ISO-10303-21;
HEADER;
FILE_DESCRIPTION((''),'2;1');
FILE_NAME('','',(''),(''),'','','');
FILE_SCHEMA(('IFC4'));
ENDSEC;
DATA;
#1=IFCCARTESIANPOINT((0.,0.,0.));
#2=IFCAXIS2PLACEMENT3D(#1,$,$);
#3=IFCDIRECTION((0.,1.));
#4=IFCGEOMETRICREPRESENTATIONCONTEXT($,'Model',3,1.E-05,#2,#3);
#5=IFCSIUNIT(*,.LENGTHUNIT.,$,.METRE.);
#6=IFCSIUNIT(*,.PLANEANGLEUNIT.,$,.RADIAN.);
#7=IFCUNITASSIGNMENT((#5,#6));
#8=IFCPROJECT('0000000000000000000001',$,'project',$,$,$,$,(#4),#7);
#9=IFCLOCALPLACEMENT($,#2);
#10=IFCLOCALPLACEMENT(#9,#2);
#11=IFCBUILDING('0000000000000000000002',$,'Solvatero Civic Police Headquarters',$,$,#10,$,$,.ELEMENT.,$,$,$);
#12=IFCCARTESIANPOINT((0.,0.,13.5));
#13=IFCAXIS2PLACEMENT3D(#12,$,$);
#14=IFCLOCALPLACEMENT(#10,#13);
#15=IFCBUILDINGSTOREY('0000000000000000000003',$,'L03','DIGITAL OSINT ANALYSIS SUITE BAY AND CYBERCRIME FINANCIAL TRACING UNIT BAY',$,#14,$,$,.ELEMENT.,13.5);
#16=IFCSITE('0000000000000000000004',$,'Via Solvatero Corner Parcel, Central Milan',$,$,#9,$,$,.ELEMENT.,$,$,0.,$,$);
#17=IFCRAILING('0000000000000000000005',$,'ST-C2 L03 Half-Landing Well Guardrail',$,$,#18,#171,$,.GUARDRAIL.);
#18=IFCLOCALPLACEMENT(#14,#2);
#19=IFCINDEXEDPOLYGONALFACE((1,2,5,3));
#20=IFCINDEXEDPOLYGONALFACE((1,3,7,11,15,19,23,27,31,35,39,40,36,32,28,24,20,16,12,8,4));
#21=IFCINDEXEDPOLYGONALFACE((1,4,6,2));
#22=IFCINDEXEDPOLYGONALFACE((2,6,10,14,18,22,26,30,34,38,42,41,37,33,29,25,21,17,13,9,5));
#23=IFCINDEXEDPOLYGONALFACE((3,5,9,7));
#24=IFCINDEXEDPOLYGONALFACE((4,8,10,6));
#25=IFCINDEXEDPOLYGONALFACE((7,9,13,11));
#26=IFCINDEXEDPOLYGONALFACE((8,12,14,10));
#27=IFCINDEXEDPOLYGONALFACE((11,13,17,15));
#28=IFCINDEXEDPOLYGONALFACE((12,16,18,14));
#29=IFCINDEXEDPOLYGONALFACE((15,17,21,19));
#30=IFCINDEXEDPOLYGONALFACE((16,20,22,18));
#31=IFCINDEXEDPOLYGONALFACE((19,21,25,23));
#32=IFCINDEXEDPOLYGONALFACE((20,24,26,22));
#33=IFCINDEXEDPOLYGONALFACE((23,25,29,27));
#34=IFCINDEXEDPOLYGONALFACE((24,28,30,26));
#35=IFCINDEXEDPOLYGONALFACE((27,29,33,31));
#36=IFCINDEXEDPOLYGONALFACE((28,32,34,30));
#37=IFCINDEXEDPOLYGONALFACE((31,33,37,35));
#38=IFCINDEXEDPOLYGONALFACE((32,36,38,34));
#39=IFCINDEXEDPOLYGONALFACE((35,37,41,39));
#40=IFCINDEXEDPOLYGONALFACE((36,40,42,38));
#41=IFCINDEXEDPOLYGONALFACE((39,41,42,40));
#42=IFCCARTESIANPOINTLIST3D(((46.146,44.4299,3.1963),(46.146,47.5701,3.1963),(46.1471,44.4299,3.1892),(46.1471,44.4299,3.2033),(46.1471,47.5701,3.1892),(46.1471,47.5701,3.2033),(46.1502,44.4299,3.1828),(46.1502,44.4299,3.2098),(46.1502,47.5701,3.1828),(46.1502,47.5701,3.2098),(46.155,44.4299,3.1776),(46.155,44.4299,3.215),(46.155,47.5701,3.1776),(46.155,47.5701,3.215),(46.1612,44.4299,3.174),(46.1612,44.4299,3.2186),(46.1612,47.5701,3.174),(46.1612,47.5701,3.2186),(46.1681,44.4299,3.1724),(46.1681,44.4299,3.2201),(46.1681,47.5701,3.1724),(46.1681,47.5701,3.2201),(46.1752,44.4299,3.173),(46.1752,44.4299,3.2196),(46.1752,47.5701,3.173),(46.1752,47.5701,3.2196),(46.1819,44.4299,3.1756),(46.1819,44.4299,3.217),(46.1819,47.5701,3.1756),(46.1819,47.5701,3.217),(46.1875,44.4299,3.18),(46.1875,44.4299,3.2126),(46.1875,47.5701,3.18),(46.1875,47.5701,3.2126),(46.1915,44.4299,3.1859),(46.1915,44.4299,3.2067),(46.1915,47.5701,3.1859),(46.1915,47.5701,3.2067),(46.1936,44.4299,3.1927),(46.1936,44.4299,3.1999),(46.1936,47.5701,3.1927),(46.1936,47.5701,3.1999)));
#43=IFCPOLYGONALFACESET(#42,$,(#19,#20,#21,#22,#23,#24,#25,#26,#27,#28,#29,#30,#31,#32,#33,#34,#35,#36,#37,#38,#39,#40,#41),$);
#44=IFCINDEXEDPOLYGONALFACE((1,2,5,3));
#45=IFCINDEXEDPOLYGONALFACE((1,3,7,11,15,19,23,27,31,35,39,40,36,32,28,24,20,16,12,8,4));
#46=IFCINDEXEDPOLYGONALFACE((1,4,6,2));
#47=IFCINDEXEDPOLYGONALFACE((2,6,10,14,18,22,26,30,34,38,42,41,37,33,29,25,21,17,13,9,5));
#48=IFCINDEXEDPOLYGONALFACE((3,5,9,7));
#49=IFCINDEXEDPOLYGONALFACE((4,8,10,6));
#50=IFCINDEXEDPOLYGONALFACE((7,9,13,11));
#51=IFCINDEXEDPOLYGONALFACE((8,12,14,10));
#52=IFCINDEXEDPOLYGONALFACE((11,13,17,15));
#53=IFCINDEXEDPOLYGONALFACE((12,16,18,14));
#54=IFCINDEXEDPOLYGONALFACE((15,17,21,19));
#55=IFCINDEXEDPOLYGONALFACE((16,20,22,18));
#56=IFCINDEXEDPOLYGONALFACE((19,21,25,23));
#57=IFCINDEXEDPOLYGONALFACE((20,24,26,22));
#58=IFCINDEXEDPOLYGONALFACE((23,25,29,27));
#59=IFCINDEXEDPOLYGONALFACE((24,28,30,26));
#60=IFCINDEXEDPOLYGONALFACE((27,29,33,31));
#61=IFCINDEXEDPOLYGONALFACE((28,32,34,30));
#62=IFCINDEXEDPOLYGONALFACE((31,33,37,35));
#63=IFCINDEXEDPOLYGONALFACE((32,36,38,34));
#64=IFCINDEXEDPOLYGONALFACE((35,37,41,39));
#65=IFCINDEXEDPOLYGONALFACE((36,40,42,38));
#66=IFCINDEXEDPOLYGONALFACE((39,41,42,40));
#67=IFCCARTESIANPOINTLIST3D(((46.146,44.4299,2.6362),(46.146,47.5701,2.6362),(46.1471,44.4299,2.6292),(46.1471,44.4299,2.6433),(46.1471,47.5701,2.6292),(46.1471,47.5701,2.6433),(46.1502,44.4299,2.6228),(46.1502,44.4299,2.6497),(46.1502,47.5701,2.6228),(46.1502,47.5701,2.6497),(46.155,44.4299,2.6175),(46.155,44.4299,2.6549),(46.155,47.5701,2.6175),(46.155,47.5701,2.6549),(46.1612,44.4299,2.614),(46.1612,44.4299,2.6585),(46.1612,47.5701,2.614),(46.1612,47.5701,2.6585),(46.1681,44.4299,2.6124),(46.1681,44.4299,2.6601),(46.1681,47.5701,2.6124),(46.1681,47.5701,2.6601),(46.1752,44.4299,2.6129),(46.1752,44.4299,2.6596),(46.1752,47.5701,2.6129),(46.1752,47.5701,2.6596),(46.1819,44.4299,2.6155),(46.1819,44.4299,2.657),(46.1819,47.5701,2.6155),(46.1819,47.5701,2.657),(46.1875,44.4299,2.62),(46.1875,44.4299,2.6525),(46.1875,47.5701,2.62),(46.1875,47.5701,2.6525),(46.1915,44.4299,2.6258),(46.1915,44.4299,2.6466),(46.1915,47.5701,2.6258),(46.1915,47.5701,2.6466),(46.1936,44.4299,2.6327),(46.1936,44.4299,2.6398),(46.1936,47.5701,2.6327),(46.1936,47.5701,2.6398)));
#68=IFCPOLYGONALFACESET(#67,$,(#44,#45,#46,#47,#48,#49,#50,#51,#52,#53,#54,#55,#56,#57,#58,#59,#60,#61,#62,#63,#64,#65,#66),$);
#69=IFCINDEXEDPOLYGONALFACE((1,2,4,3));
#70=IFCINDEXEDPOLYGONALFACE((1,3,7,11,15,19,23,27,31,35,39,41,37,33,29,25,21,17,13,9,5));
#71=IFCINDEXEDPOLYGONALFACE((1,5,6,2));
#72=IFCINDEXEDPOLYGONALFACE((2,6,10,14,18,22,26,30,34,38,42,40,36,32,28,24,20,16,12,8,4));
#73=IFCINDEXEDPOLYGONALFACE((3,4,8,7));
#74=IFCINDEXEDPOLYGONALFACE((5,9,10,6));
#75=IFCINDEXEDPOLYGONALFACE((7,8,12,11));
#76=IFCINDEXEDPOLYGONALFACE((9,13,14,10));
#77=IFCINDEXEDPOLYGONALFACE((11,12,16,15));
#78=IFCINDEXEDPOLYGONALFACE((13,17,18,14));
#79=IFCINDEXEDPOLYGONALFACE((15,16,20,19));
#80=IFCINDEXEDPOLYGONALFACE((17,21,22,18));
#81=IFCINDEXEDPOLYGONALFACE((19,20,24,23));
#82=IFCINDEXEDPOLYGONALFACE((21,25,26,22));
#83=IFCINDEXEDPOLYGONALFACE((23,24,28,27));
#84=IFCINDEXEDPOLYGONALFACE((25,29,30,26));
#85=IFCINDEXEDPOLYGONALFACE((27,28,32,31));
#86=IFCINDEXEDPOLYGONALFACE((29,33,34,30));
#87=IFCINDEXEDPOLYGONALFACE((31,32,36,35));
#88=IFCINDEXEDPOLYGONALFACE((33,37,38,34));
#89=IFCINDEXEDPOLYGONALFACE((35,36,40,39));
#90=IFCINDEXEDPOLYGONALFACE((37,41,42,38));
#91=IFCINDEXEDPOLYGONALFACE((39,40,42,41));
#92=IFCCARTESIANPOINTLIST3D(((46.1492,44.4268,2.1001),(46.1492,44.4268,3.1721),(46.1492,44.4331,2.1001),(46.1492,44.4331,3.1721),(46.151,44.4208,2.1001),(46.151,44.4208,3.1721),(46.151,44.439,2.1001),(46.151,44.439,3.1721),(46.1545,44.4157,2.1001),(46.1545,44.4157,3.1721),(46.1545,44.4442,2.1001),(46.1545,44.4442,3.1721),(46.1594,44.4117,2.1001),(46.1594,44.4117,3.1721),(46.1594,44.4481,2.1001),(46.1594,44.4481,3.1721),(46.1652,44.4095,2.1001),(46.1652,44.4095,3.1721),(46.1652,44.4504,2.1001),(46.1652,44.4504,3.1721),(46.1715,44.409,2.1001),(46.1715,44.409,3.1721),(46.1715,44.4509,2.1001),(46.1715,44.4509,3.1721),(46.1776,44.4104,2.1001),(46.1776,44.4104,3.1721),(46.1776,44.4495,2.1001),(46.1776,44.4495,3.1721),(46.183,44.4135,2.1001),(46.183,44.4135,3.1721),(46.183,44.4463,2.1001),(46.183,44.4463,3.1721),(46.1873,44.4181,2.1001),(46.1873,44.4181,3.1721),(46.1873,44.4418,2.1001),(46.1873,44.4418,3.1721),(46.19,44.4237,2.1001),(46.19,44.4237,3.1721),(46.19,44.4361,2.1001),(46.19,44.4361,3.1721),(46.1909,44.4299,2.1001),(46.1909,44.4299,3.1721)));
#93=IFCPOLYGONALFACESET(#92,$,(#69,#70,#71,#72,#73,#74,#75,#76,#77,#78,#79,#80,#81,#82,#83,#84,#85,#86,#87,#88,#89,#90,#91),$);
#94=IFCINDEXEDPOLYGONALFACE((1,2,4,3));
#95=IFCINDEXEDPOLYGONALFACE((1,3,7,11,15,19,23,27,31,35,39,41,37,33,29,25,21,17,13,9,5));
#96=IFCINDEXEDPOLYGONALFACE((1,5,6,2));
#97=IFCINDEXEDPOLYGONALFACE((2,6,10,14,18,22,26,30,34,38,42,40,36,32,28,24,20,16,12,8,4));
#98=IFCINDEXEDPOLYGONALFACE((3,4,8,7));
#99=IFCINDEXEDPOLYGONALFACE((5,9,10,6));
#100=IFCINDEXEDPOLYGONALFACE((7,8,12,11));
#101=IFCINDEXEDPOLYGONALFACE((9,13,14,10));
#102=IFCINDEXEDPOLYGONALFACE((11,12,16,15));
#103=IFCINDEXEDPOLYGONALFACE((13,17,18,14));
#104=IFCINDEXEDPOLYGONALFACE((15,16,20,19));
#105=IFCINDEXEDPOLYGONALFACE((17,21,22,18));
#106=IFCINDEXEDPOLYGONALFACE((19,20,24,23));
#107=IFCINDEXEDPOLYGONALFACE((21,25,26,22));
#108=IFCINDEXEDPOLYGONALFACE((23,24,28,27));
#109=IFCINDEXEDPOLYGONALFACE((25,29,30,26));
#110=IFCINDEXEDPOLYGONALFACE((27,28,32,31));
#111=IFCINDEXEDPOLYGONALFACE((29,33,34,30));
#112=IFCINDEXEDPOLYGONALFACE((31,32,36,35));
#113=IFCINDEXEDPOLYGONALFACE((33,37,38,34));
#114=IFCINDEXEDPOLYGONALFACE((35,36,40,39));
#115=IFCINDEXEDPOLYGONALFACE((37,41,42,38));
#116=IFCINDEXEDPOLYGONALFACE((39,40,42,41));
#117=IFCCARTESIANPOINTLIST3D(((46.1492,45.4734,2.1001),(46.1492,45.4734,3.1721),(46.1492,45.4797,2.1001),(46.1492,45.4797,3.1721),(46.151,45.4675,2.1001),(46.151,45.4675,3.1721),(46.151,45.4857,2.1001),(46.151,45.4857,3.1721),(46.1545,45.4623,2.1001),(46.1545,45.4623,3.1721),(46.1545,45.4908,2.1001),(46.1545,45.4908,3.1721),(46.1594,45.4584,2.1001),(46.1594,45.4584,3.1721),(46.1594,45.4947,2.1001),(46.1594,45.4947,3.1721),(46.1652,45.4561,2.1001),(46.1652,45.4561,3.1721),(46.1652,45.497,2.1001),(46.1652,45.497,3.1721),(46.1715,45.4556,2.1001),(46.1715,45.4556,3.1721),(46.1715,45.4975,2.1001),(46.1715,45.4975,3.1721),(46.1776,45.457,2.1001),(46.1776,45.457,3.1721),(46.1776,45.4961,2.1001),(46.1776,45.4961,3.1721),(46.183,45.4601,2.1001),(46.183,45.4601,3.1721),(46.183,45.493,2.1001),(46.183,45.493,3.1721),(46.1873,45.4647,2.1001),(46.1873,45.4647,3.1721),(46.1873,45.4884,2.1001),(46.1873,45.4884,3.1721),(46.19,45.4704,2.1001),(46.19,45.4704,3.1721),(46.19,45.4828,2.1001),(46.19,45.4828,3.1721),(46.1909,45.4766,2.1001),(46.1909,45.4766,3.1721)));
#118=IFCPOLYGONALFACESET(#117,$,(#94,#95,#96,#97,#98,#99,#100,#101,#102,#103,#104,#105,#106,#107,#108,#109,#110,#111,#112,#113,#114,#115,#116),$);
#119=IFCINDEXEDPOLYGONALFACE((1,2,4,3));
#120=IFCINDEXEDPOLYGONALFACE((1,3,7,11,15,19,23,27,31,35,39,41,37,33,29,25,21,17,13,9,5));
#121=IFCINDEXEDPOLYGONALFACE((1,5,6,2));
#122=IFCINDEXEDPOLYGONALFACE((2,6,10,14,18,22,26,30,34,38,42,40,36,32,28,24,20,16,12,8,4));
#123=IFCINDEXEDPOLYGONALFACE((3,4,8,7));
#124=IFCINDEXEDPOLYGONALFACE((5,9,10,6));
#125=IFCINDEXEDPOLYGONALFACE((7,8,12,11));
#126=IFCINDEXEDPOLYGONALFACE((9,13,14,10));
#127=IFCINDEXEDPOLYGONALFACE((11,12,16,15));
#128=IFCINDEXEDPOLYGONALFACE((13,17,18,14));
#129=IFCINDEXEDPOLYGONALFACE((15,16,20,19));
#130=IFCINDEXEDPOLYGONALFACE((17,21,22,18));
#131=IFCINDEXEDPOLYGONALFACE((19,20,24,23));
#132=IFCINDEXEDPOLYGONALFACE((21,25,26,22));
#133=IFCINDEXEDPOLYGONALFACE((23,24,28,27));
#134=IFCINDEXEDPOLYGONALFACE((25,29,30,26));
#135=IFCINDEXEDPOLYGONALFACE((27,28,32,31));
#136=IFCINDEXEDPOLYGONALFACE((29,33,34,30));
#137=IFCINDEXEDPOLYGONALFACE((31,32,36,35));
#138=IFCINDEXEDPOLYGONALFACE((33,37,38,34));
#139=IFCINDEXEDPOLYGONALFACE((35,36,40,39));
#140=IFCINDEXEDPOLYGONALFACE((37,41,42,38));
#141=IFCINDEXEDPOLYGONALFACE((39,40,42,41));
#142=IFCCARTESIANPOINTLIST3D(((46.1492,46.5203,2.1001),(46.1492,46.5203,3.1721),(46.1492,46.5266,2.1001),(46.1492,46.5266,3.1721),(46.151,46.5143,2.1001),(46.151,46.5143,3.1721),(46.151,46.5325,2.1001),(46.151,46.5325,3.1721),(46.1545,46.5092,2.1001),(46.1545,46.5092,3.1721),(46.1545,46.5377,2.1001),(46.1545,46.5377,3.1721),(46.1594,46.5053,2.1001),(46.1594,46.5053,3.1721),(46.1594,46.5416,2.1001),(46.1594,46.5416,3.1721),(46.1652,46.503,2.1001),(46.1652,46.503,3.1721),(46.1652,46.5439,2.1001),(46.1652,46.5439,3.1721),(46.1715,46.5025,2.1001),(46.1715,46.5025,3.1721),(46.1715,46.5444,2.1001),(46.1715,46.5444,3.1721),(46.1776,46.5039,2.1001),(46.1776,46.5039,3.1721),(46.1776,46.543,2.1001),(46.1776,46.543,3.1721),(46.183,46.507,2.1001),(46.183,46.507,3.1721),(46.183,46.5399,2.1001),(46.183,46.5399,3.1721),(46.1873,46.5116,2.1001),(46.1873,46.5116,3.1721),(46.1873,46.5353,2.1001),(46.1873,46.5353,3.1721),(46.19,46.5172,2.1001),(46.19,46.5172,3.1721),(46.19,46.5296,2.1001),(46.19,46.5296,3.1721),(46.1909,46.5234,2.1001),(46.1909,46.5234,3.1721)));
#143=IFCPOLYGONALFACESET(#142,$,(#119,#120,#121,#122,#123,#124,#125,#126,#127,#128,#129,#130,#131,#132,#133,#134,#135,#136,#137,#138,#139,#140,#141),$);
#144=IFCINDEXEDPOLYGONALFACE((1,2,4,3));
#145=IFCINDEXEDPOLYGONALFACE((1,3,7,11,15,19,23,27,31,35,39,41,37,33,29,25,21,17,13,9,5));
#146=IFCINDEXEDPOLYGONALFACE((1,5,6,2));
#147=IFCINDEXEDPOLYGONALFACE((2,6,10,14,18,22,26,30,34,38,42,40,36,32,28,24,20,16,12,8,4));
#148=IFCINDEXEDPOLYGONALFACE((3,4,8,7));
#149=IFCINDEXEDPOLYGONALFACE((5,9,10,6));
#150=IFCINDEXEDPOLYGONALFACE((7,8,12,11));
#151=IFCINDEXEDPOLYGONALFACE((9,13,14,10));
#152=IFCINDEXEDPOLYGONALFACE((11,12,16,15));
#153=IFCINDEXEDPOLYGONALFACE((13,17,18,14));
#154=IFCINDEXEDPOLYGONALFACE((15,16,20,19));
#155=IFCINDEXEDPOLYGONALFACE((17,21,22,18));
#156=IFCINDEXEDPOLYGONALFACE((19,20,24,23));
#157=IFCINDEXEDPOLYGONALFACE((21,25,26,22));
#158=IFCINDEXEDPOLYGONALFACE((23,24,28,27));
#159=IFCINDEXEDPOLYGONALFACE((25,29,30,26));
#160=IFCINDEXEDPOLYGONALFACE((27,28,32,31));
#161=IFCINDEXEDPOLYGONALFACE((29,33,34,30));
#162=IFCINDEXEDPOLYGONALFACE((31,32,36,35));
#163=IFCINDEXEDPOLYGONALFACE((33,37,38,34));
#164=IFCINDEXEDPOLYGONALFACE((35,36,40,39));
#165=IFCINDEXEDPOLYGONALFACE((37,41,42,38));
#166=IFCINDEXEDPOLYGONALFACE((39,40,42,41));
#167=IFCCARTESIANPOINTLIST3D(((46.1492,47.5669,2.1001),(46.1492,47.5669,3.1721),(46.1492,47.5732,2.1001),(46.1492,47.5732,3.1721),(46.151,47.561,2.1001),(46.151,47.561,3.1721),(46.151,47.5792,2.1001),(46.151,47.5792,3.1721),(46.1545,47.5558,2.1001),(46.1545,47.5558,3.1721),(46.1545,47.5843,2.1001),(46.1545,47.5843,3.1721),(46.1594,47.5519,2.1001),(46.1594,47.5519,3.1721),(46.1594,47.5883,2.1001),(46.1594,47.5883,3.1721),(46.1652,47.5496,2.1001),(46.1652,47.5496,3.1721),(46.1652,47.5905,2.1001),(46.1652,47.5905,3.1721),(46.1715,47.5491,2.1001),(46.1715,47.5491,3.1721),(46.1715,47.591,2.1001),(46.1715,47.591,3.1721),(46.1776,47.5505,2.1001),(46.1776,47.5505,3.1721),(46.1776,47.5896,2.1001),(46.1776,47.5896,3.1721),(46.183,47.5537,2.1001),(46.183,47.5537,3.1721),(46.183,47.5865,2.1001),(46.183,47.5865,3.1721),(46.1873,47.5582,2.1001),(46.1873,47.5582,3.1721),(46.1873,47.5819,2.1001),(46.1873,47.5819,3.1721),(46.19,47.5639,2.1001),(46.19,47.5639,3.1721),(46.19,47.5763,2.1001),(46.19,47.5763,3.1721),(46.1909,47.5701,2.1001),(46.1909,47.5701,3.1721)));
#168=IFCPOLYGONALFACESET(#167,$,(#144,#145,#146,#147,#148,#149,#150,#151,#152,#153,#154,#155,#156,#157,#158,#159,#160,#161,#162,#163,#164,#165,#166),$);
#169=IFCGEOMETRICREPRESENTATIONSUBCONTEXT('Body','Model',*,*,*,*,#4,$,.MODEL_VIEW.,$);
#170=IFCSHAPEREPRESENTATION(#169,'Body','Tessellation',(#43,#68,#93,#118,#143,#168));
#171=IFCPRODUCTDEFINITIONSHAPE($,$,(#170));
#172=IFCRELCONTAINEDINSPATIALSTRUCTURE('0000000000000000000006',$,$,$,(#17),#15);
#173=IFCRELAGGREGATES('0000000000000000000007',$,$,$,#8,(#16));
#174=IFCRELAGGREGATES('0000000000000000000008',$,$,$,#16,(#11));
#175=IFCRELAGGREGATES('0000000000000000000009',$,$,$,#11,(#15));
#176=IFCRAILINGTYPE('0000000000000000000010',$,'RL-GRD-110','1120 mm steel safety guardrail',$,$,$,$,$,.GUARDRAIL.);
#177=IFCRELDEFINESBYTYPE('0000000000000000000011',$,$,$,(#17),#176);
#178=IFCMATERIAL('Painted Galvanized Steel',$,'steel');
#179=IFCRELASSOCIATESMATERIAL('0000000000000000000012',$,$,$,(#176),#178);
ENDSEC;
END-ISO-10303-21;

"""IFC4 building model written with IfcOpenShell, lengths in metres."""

from ifc_helpers import new_model, si_unit, direction, frame, origin, origin_2d, place, context, subcontext, project, spatial, circle, extrude, material, type_object, element, save


model = new_model("IFC4")

# Units and contexts
model_context = context("Model", 3, precision=1e-05, world=origin(), true_north=direction((0.0, 1.0)))
body_context = subcontext(model_context, "Body", "Model", "MODEL_VIEW")
ifc_project = project(units=[si_unit("LENGTHUNIT", "METRE"), si_unit("PLANEANGLEUNIT", "RADIAN")], contexts=[model_context])

# Site, building, storey
site_placement = place(None, origin())
site = spatial("IfcSite", under=ifc_project, at=site_placement, Name="Via Solvatero Corner Parcel, Central Milan", CompositionType="ELEMENT", RefElevation=0.0)
building_placement = place(site_placement, origin())
building = spatial("IfcBuilding", under=site, at=building_placement, Name="Solvatero Civic Police Headquarters", CompositionType="ELEMENT")
storey_placement = place(building_placement, frame((0.0, 0.0, 13.5)))
storey = spatial("IfcBuildingStorey", under=building, at=storey_placement, Name="L03", Description="DIGITAL OSINT ANALYSIS SUITE BAY AND CYBERCRIME FINANCIAL TRACING UNIT BAY", CompositionType="ELEMENT", Elevation=13.5)

# Railing
ifc_material_1 = material(Name="Painted Galvanized Steel", Category="steel")
railing_type_1 = type_object("IfcRailingType", Name="RL-GRD-110", Description="1120 mm steel safety guardrail", PredefinedType="GUARDRAIL", material=ifc_material_1)
railing_1_placement = place(storey_placement, frame((46.1699, 44.4299, 2.1001)))
element("IfcRailing", 1, at=railing_1_placement, inside=storey, type_object=railing_type_1, Name="ST-C2 L03 Half-Landing Well Guardrail", PredefinedType="GUARDRAIL", context=body_context, shape_type="SweptSolid", body=[
    extrude(circle(Radius=0.0239, at=origin_2d()), frame((0.0, 0.0, 1.0962), z_axis=(0.0, 1.0, 0.0), x_axis=(-1.0, 0.0, 0.0)), (0.0, 0.0, 1.0), 3.1401),
    extrude(circle(Radius=0.0239, at=origin_2d()), frame((0.0, 0.0, 0.5361), z_axis=(0.0, 1.0, 0.0), x_axis=(-1.0, 0.0, 0.0)), (0.0, 0.0, 1.0), 3.1401),
    extrude(circle(Radius=0.021, at=origin_2d()), origin(), (0.0, 0.0, 1.0), 1.072),
    extrude(circle(Radius=0.021, at=origin_2d()), frame((0.0, 1.0466, 0.0)), (0.0, 0.0, 1.0), 1.072),
    extrude(circle(Radius=0.021, at=origin_2d()), frame((0.0, 2.0935, 0.0)), (0.0, 0.0, 1.0), 1.072),
    extrude(circle(Radius=0.021, at=origin_2d()), frame((0.0, 3.1401, 0.0)), (0.0, 0.0, 1.0), 1.072),
])

save(model, "model.ifc")
